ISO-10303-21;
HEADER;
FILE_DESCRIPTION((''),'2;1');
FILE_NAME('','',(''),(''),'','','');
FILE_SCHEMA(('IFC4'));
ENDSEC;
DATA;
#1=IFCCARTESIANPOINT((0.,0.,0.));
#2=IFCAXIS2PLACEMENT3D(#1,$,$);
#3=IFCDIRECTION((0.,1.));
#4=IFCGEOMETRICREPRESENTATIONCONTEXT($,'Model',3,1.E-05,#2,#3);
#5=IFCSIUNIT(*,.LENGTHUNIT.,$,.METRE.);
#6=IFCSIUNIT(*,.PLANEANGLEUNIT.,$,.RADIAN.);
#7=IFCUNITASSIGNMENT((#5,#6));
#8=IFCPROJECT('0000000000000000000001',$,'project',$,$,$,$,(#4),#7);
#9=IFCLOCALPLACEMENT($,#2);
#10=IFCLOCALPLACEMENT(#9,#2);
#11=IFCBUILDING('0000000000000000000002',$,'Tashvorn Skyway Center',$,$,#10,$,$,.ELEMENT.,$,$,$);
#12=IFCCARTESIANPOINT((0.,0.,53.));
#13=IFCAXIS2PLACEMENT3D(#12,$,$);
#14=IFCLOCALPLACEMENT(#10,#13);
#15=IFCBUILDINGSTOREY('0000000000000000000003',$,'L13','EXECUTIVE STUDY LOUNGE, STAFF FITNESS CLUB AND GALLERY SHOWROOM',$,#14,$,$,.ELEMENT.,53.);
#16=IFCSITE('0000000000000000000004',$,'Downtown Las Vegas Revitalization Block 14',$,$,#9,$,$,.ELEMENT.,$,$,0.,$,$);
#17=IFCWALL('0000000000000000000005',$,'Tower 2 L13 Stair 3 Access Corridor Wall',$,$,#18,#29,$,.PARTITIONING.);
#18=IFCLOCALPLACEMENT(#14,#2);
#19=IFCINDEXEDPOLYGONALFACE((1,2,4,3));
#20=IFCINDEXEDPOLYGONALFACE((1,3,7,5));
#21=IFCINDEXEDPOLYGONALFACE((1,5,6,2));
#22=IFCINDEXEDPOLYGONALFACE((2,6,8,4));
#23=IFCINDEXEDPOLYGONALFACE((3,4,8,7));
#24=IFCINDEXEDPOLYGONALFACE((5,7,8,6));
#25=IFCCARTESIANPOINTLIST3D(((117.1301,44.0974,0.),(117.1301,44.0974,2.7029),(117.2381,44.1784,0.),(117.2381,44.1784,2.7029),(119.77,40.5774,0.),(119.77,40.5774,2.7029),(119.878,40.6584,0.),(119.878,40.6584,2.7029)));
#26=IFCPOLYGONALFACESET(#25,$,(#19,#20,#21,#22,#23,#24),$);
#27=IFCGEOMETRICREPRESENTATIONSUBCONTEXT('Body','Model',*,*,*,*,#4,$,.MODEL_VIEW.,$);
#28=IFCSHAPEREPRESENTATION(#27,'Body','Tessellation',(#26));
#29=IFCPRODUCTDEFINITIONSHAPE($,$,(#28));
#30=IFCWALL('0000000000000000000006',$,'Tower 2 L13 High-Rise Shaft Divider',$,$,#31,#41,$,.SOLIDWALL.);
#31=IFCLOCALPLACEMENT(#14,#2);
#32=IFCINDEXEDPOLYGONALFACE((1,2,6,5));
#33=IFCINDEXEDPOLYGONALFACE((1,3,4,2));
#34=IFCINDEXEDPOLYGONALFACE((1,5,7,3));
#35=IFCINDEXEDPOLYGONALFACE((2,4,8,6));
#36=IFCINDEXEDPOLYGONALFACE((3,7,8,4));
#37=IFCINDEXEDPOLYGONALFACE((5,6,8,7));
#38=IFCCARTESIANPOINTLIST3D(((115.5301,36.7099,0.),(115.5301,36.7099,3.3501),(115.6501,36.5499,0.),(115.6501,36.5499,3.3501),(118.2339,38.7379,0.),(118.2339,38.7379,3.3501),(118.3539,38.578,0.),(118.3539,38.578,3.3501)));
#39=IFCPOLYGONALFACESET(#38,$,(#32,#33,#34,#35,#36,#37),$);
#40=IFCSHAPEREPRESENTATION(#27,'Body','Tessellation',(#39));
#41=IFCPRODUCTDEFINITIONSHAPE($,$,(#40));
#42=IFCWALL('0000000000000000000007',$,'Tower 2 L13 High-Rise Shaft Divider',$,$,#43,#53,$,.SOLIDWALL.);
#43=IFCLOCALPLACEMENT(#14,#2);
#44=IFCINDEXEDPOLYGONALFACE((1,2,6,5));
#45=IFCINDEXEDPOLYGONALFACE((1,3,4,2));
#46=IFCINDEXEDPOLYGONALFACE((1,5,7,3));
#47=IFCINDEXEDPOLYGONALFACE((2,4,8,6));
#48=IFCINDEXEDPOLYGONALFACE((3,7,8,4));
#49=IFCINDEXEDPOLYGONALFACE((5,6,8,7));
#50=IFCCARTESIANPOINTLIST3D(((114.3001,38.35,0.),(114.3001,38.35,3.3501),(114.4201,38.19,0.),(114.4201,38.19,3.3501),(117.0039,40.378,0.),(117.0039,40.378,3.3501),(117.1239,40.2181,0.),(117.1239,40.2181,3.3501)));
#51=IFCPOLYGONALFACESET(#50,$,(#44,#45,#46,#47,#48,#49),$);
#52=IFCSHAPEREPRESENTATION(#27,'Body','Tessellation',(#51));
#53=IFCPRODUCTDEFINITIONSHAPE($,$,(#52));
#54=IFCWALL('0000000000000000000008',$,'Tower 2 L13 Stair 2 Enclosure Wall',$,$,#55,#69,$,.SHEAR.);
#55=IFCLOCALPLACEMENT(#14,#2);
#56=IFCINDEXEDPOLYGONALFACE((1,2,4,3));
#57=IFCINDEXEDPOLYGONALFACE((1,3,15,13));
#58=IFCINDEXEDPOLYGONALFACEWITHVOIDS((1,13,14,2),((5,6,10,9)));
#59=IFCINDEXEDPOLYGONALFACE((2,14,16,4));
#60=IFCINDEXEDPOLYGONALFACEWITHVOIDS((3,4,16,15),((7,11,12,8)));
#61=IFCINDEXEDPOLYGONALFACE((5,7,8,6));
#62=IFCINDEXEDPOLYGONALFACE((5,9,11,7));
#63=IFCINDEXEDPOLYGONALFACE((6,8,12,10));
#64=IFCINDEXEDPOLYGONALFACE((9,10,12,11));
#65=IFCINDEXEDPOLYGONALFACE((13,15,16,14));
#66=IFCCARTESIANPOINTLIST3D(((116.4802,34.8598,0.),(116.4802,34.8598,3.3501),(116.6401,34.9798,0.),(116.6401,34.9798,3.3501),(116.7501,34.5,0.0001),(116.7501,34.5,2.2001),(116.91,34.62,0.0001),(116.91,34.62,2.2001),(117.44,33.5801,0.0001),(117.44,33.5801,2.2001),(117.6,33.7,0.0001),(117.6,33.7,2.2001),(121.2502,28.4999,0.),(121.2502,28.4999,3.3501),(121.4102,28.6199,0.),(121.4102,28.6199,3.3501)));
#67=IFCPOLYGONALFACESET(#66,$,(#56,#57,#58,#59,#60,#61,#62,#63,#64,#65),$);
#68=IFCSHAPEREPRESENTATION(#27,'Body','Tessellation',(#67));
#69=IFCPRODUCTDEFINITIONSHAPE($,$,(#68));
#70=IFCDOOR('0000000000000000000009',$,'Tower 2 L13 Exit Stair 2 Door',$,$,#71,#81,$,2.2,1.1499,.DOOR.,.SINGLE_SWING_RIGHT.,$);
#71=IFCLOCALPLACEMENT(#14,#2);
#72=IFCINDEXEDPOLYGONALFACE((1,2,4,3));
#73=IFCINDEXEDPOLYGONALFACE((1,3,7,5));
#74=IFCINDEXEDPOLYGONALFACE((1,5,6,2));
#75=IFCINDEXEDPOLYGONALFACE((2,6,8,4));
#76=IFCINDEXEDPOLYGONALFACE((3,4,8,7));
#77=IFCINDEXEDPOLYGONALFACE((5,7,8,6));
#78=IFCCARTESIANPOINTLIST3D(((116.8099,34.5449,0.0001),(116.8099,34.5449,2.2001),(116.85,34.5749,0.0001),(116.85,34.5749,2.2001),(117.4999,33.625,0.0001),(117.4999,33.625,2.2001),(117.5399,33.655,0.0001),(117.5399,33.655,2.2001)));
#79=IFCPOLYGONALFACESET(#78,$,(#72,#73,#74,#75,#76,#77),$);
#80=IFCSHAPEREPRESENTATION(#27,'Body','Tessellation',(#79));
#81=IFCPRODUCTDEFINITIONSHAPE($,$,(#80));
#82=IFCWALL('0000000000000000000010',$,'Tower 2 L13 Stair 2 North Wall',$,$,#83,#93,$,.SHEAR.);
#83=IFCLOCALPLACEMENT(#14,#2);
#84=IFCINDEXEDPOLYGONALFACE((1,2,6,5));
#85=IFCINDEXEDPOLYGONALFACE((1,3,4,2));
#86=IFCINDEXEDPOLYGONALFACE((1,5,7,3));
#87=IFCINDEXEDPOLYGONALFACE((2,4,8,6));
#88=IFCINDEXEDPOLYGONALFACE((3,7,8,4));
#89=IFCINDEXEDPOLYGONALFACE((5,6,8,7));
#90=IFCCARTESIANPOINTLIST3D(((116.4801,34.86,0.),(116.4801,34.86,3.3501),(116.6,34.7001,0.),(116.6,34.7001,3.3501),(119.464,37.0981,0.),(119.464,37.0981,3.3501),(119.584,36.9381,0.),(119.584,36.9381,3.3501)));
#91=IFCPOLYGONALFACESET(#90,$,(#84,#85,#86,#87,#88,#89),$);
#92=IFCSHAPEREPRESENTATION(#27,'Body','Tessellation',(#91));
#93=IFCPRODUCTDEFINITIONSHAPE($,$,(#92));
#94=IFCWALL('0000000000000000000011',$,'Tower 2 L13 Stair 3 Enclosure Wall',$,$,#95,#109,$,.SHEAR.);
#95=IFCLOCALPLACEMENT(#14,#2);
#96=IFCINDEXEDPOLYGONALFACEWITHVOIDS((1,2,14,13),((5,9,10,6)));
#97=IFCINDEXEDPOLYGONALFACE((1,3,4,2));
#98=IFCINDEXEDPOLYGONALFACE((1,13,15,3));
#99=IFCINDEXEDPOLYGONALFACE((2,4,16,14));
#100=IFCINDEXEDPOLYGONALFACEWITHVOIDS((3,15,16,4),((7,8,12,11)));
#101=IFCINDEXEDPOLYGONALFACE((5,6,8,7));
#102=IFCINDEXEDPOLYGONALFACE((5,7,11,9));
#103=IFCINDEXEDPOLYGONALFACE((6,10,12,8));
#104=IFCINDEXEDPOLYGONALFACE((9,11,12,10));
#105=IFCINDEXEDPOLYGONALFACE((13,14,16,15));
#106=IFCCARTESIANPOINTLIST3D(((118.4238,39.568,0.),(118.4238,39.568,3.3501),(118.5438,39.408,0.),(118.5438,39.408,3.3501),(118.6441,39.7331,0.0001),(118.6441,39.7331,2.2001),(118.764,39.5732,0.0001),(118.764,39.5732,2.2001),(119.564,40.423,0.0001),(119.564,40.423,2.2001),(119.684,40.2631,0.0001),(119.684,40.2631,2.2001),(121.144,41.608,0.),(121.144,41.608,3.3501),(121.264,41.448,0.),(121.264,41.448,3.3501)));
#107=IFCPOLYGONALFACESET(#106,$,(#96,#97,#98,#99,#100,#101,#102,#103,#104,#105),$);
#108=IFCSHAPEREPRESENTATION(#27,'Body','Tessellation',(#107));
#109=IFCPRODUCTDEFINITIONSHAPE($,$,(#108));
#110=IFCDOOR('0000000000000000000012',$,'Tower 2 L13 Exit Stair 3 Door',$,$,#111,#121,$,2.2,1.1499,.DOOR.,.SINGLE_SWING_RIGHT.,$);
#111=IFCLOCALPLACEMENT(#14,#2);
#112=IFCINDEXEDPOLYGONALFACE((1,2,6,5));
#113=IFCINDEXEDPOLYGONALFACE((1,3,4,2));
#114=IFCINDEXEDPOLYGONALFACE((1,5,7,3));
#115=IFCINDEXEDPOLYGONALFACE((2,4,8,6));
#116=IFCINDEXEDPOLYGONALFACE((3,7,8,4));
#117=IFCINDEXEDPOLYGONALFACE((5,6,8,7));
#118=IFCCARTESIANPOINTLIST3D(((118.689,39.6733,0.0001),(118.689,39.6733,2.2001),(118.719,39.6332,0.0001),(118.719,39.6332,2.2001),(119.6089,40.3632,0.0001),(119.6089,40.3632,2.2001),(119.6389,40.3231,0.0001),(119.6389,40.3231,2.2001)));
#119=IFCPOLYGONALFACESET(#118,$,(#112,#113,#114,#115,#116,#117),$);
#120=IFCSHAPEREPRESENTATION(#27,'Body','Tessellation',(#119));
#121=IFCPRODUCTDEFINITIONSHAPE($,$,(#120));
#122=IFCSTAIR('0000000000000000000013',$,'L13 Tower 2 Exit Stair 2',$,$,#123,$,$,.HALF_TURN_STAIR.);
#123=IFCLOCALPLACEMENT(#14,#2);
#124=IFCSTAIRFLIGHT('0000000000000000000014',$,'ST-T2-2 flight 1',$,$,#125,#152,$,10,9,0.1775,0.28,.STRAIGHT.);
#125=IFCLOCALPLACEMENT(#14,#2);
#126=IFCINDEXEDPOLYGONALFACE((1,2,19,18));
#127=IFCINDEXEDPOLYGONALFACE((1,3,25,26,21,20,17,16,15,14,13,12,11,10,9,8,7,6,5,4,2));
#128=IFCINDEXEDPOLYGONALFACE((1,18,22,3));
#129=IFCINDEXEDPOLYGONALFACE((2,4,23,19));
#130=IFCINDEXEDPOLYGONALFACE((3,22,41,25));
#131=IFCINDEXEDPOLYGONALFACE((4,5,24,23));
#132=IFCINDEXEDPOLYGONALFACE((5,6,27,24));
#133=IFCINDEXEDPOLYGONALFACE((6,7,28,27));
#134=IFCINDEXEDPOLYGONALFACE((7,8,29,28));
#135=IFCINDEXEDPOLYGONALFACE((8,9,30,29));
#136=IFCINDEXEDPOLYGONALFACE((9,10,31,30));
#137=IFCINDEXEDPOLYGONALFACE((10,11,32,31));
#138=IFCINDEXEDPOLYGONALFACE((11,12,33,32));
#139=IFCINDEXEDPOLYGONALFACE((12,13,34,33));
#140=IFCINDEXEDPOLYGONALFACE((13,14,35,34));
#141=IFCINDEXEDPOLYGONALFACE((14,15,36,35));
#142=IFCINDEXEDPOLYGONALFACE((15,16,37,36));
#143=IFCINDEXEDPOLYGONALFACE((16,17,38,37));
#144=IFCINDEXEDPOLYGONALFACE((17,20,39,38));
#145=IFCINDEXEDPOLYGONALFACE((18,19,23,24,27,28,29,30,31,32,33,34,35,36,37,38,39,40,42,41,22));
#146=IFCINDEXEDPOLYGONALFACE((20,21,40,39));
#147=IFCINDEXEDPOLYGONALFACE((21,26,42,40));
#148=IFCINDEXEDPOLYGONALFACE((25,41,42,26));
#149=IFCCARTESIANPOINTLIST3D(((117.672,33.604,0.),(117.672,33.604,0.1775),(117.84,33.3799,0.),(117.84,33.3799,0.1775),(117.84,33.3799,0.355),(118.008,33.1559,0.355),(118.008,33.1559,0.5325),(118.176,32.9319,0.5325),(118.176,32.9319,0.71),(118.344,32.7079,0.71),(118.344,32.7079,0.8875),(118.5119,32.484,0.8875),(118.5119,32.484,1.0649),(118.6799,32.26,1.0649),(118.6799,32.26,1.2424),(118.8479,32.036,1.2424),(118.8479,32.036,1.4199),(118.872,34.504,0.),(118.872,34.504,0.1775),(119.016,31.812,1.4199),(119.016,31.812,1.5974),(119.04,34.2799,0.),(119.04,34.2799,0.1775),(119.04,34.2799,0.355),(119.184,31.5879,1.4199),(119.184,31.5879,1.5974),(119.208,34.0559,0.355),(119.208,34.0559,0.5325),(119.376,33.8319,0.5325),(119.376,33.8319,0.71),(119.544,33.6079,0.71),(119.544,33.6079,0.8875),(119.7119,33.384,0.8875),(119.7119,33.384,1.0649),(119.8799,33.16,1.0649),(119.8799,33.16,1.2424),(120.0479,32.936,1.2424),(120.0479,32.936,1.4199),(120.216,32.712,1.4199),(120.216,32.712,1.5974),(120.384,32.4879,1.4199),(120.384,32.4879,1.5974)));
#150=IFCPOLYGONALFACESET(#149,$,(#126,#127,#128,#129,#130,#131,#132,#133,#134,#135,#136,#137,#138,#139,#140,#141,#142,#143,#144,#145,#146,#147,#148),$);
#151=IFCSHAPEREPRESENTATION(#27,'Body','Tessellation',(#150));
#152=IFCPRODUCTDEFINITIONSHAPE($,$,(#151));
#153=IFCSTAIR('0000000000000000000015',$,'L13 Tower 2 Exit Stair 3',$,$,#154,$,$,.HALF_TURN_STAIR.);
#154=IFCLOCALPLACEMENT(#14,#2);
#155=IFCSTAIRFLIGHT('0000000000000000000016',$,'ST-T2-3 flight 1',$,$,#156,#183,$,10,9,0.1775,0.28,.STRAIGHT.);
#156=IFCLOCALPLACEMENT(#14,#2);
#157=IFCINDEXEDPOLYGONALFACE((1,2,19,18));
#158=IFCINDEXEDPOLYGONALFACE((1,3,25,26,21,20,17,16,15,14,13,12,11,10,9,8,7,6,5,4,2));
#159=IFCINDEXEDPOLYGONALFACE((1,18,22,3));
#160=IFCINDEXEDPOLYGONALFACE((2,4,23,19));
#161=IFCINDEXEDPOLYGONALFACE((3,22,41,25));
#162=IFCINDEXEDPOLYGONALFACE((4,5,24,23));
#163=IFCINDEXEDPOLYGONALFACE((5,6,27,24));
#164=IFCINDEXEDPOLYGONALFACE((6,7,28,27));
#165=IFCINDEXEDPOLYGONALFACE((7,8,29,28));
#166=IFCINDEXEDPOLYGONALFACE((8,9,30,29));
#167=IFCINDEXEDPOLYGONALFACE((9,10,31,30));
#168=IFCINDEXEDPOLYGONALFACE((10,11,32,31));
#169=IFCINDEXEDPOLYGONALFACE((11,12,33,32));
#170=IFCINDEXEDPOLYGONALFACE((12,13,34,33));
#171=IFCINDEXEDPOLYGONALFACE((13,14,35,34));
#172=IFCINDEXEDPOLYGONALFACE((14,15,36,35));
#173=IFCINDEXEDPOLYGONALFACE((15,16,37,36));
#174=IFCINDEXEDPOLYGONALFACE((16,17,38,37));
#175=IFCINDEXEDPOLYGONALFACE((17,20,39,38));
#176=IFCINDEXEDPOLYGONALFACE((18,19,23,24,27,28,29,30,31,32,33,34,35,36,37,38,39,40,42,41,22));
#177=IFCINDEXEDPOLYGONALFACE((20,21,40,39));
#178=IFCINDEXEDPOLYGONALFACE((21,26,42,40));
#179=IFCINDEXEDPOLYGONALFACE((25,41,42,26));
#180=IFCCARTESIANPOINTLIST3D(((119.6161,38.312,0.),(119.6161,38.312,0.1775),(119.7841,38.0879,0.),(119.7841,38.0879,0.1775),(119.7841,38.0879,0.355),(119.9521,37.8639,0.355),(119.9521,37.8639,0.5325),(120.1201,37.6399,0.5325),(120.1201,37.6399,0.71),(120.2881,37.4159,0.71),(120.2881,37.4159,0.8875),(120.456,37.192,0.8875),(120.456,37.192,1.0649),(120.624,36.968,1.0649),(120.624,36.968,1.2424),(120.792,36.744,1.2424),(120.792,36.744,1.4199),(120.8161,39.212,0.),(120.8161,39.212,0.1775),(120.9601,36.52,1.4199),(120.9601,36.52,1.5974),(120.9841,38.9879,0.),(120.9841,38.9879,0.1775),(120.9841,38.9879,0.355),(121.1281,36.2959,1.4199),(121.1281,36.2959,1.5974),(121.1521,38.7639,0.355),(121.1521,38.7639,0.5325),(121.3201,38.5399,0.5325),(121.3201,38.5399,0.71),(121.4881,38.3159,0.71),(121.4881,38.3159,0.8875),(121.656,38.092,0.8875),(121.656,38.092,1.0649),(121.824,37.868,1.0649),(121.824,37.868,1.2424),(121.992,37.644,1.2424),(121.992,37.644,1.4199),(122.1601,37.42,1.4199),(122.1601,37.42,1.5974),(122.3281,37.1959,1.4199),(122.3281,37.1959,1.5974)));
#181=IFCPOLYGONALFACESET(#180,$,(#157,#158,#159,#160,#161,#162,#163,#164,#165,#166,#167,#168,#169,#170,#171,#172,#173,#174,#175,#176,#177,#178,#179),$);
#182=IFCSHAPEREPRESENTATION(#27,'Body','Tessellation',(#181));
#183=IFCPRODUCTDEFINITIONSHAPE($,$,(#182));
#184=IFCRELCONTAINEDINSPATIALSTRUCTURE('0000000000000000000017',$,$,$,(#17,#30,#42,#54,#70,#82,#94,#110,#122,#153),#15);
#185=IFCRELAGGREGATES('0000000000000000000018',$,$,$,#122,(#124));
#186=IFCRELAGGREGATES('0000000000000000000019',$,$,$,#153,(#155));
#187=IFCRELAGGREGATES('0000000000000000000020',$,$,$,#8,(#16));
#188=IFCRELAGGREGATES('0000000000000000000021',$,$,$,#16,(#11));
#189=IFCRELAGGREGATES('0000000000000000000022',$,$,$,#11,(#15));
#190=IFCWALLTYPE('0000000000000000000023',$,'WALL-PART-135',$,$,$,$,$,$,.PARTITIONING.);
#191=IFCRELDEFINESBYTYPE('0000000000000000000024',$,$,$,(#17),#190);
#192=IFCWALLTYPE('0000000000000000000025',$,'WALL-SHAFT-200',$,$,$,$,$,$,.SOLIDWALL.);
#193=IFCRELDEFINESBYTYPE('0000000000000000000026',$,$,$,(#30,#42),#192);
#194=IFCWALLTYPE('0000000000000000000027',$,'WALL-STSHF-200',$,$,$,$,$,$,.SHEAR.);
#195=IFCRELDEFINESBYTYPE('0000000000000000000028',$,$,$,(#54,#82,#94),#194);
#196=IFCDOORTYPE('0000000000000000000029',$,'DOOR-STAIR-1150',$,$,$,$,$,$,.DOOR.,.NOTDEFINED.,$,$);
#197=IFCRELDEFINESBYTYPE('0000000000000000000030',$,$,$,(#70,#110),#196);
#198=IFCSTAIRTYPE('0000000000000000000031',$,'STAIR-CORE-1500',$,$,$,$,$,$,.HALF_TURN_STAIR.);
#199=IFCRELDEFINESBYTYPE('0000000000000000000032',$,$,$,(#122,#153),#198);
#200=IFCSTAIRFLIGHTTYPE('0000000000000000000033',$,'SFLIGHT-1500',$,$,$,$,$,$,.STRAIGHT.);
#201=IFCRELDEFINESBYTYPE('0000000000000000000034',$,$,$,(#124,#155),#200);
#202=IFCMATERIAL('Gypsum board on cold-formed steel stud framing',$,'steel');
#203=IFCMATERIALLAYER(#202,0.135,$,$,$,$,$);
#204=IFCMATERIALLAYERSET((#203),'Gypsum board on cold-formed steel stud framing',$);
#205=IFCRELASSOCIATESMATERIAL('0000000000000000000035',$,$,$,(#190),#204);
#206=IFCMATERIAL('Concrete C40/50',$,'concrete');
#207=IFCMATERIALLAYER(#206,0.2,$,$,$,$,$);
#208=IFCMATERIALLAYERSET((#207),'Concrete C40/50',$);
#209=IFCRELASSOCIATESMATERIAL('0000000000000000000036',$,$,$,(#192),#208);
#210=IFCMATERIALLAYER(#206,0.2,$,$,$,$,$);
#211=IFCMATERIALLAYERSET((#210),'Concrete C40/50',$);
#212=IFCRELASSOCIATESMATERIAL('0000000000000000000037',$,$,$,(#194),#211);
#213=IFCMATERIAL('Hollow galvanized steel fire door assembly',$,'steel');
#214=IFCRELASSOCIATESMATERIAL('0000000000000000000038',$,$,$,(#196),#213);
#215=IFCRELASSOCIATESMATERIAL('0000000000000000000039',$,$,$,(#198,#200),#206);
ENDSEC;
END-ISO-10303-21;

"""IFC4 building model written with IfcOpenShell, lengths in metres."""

from ifc_helpers import new_model, si_unit, direction, frame, frame_2d, origin, place, context, subcontext, project, spatial, polyline, rectangle, outline, extrude, material, layer, layer_set, type_object, element, fill, aggregate, save


model = new_model("IFC4")

# Units and contexts
model_context = context("Model", 3, precision=1e-05, world=origin(), true_north=direction((0.0, 1.0)))
body_context = subcontext(model_context, "Body", "Model", "MODEL_VIEW")
ifc_project = project(units=[si_unit("LENGTHUNIT", "METRE"), si_unit("PLANEANGLEUNIT", "RADIAN")], contexts=[model_context])

# Site, building, storey
site_placement = place(None, origin())
site = spatial("IfcSite", under=ifc_project, at=site_placement, Name="Downtown Las Vegas Revitalization Block 14", CompositionType="ELEMENT", RefElevation=0.0)
building_placement = place(site_placement, origin())
building = spatial("IfcBuilding", under=site, at=building_placement, Name="Tashvorn Skyway Center", CompositionType="ELEMENT")
storey_placement = place(building_placement, frame((0.0, 0.0, 53.0)))
storey = spatial("IfcBuildingStorey", under=building, at=storey_placement, Name="L13", Description="EXECUTIVE STUDY LOUNGE, STAFF FITNESS CLUB AND GALLERY SHOWROOM", CompositionType="ELEMENT", Elevation=53.0)

# Walls
ifc_material_1 = material(Name="Gypsum board on cold-formed steel stud framing", Category="steel")
ifc_layer_1 = layer(ifc_material_1, 0.135)
ifc_layer_set_1 = layer_set([ifc_layer_1], Name="Gypsum board on cold-formed steel stud framing")
wall_type_1 = type_object("IfcWallType", Name="WALL-PART-135", PredefinedType="PARTITIONING", material=ifc_layer_set_1)
wall_1_placement = place(storey_placement, frame((119.824, 40.6179, 0.0), z_axis=(0.0, 0.0, 1.0), x_axis=(-0.599982, 0.800013, 0.0)))
element("IfcWall", 1, at=wall_1_placement, inside=storey, type_object=wall_type_1, Name="Tower 2 L13 Stair 3 Access Corridor Wall", PredefinedType="PARTITIONING", context=body_context, shape_type="SweptSolid", body=[
    extrude(rectangle(XDim=4.3999, YDim=0.135, at=frame_2d((2.2, 0.0))), origin(), (0.0, 0.0, 1.0), 2.7029),
])
ifc_material_2 = material(Name="Concrete C40/50", Category="concrete")
ifc_layer_2 = layer(ifc_material_2, 0.2)
ifc_layer_set_2 = layer_set([ifc_layer_2], Name="Concrete C40/50")
wall_type_2 = type_object("IfcWallType", Name="WALL-SHAFT-200", PredefinedType="SOLIDWALL", material=ifc_layer_set_2)
for number, where, z_axis, x_axis, name in (
    (2, (115.5901, 36.6299, 0.0), (0.0, 0.0, 1.0), (0.799974, 0.600035, 0.0), "Tower 2 L13 High-Rise Shaft Divider"),
    (3, (114.3601, 38.27, 0.0), (0.0, 0.0, 1.0), (0.799974, 0.600035, 0.0), "Tower 2 L13 High-Rise Shaft Divider"),
):
    element("IfcWall", number, at=place(storey_placement, frame(where, z_axis=z_axis, x_axis=x_axis)), inside=storey, type_object=wall_type_2, Name=name, PredefinedType="SOLIDWALL", context=body_context, shape_type="SweptSolid", body=[
        extrude(rectangle(XDim=3.3799, YDim=0.2, at=frame_2d((1.6899, 0.0))), origin(), (0.0, 0.0, 1.0), 3.3501),
    ])

# Wall, opening, door
ifc_layer_3 = layer(ifc_material_2, 0.2)
ifc_layer_set_3 = layer_set([ifc_layer_3], Name="Concrete C40/50")
wall_type_3 = type_object("IfcWallType", Name="WALL-STSHF-200", PredefinedType="SHEAR", material=ifc_layer_set_3)
wall_2_placement = place(storey_placement, frame((116.5601, 34.9199, 0.0), z_axis=(0.0, 0.0, 1.0), x_axis=(0.60001, -0.799993, 0.0)))
wall_2 = element("IfcWall", 4, at=wall_2_placement, inside=storey, type_object=wall_type_3, Name="Tower 2 L13 Stair 2 Enclosure Wall", PredefinedType="SHEAR", context=body_context, shape_type="SweptSolid", body=[
    extrude(rectangle(XDim=7.95, YDim=0.2, at=frame_2d((3.9751, 0.0))), origin(), (0.0, 0.0, 1.0), 3.3501),
])
opening_1_placement = place(wall_2_placement, frame((0.45, 0.0, 0.0)))
opening_1 = element("IfcOpeningElement", 5, at=opening_1_placement, cuts=wall_2, PredefinedType="OPENING", context=body_context, shape_type="SweptSolid", body=[
    extrude(rectangle(XDim=1.1499, YDim=2.2, at=frame_2d((0.575, 1.1001))), frame((0.0, 0.1099, 0.0), z_axis=(0.0, -1.0, 0.0), x_axis=(1.0, 0.0, 0.0)), (0.0, 0.0, 1.0), 0.22),
])
ifc_material_3 = material(Name="Hollow galvanized steel fire door assembly", Category="steel")
door_type = type_object("IfcDoorType", Name="DOOR-STAIR-1150", OperationType="NOTDEFINED", PredefinedType="DOOR", material=ifc_material_3)
door_1_placement = place(opening_1_placement, origin())
door_1 = element("IfcDoor", 6, at=door_1_placement, inside=storey, type_object=door_type, Name="Tower 2 L13 Exit Stair 2 Door", OperationType="SINGLE_SWING_RIGHT", OverallHeight=2.2, OverallWidth=1.1499, PredefinedType="DOOR", context=body_context, shape_type="SweptSolid", body=[
    extrude(rectangle(XDim=1.1499, YDim=2.2, at=frame_2d((0.575, 1.1001))), frame((0.0, 0.0249, 0.0), z_axis=(0.0, -1.0, 0.0), x_axis=(1.0, 0.0, 0.0)), (0.0, 0.0, 1.0), 0.05),
])
fill(opening_1, door_1)

# Wall
wall_3_placement = place(storey_placement, frame((116.54, 34.78, 0.0), z_axis=(0.0, 0.0, 1.0), x_axis=(0.799984, 0.600021, 0.0)))
element("IfcWall", 7, at=wall_3_placement, inside=storey, type_object=wall_type_3, Name="Tower 2 L13 Stair 2 North Wall", PredefinedType="SHEAR", context=body_context, shape_type="SweptSolid", body=[
    extrude(rectangle(XDim=3.73, YDim=0.2, at=frame_2d((1.865, 0.0))), origin(), (0.0, 0.0, 1.0), 3.3501),
])

# Wall, opening, door
wall_4_placement = place(storey_placement, frame((121.2041, 41.5281, 0.0), z_axis=(0.0, 0.0, 1.0), x_axis=(-0.800017, -0.599977, 0.0)))
wall_4 = element("IfcWall", 8, at=wall_4_placement, inside=storey, type_object=wall_type_3, Name="Tower 2 L13 Stair 3 Enclosure Wall", PredefinedType="SHEAR", context=body_context, shape_type="SweptSolid", body=[
    extrude(rectangle(XDim=3.4001, YDim=0.2, at=frame_2d((1.7002, 0.0))), origin(), (0.0, 0.0, 1.0), 3.3501),
])
opening_2_placement = place(wall_4_placement, frame((1.9751, 0.0, 0.0)))
opening_2 = element("IfcOpeningElement", 9, at=opening_2_placement, cuts=wall_4, PredefinedType="OPENING", context=body_context, shape_type="SweptSolid", body=[
    extrude(rectangle(XDim=1.1499, YDim=2.2, at=frame_2d((0.575, 1.1001))), frame((0.0, 0.1099, 0.0), z_axis=(0.0, -1.0, 0.0), x_axis=(1.0, 0.0, 0.0)), (0.0, 0.0, 1.0), 0.22),
])
door_2_placement = place(opening_2_placement, origin())
door_2 = element("IfcDoor", 10, at=door_2_placement, inside=storey, type_object=door_type, Name="Tower 2 L13 Exit Stair 3 Door", OperationType="SINGLE_SWING_RIGHT", OverallHeight=2.2, OverallWidth=1.1499, PredefinedType="DOOR", context=body_context, shape_type="SweptSolid", body=[
    extrude(rectangle(XDim=1.1499, YDim=2.2, at=frame_2d((0.575, 1.1001))), frame((0.0, 0.0249, 0.0), z_axis=(0.0, -1.0, 0.0), x_axis=(1.0, 0.0, 0.0)), (0.0, 0.0, 1.0), 0.05),
])
fill(opening_2, door_2)

# Stairs, stair flights
stair_type = type_object("IfcStairType", Name="STAIR-CORE-1500", PredefinedType="HALF_TURN_STAIR", material=ifc_material_2)
stair_1_placement = place(storey_placement, origin())
stair_1 = element("IfcStair", 11, at=stair_1_placement, inside=storey, type_object=stair_type, Name="L13 Tower 2 Exit Stair 2", PredefinedType="HALF_TURN_STAIR")
stair_flight_type = type_object("IfcStairFlightType", Name="SFLIGHT-1500", PredefinedType="STRAIGHT", material=ifc_material_2)
stair_flight_1_placement = place(storey_placement, frame((118.272, 34.054, 0.0), z_axis=(0.0, 0.0, 1.0), x_axis=(0.6, -0.8, 0.0)))
stair_flight_1 = element("IfcStairFlight", 12, at=stair_flight_1_placement, type_object=stair_flight_type, Name="ST-T2-2 flight 1", NumberOfRisers=10, NumberOfTreads=9, PredefinedType="STRAIGHT", RiserHeight=0.1775, TreadLength=0.28, context=body_context, shape_type="SweptSolid", body=[
    extrude(outline(polyline([(0.0, 0.0), (0.0, 0.1775), (0.28, 0.1775), (0.28, 0.355), (0.5601, 0.355), (0.5601, 0.5325), (0.8401, 0.5325), (0.8401, 0.71), (1.1201, 0.71), (1.1201, 0.8875), (1.3999, 0.8875), (1.3999, 1.0649), (1.6799, 1.0649), (1.6799, 1.2424), (1.96, 1.2424), (1.96, 1.4199), (2.24, 1.4199), (2.24, 1.5974), (2.52, 1.5974), (2.52, 1.7749), (2.52, 1.4199), (0.28, 0.0), (0.0, 0.0)])), frame((0.0, 0.75, 0.0), z_axis=(0.0, -1.0, 0.0), x_axis=(1.0, 0.0, 0.0)), (0.0, 0.0, 1.0), 1.5),
])
aggregate(stair_1, [stair_flight_1])
stair_2_placement = place(storey_placement, origin())
stair_2 = element("IfcStair", 13, at=stair_2_placement, inside=storey, type_object=stair_type, Name="L13 Tower 2 Exit Stair 3", PredefinedType="HALF_TURN_STAIR")
stair_flight_2_placement = place(storey_placement, frame((120.2161, 38.762, 0.0), z_axis=(0.0, 0.0, 1.0), x_axis=(0.6, -0.8, 0.0)))
stair_flight_2 = element("IfcStairFlight", 14, at=stair_flight_2_placement, type_object=stair_flight_type, Name="ST-T2-3 flight 1", NumberOfRisers=10, NumberOfTreads=9, PredefinedType="STRAIGHT", RiserHeight=0.1775, TreadLength=0.28, context=body_context, shape_type="SweptSolid", body=[
    extrude(outline(polyline([(0.0, 0.0), (0.0, 0.1775), (0.28, 0.1775), (0.28, 0.355), (0.5601, 0.355), (0.5601, 0.5325), (0.8401, 0.5325), (0.8401, 0.71), (1.1201, 0.71), (1.1201, 0.8875), (1.3999, 0.8875), (1.3999, 1.0649), (1.6799, 1.0649), (1.6799, 1.2424), (1.96, 1.2424), (1.96, 1.4199), (2.24, 1.4199), (2.24, 1.5974), (2.52, 1.5974), (2.52, 1.7749), (2.52, 1.4199), (0.28, 0.0), (0.0, 0.0)])), frame((0.0, 0.75, 0.0), z_axis=(0.0, -1.0, 0.0), x_axis=(1.0, 0.0, 0.0)), (0.0, 0.0, 1.0), 1.5),
])
aggregate(stair_2, [stair_flight_2])

save(model, "model.ifc")
